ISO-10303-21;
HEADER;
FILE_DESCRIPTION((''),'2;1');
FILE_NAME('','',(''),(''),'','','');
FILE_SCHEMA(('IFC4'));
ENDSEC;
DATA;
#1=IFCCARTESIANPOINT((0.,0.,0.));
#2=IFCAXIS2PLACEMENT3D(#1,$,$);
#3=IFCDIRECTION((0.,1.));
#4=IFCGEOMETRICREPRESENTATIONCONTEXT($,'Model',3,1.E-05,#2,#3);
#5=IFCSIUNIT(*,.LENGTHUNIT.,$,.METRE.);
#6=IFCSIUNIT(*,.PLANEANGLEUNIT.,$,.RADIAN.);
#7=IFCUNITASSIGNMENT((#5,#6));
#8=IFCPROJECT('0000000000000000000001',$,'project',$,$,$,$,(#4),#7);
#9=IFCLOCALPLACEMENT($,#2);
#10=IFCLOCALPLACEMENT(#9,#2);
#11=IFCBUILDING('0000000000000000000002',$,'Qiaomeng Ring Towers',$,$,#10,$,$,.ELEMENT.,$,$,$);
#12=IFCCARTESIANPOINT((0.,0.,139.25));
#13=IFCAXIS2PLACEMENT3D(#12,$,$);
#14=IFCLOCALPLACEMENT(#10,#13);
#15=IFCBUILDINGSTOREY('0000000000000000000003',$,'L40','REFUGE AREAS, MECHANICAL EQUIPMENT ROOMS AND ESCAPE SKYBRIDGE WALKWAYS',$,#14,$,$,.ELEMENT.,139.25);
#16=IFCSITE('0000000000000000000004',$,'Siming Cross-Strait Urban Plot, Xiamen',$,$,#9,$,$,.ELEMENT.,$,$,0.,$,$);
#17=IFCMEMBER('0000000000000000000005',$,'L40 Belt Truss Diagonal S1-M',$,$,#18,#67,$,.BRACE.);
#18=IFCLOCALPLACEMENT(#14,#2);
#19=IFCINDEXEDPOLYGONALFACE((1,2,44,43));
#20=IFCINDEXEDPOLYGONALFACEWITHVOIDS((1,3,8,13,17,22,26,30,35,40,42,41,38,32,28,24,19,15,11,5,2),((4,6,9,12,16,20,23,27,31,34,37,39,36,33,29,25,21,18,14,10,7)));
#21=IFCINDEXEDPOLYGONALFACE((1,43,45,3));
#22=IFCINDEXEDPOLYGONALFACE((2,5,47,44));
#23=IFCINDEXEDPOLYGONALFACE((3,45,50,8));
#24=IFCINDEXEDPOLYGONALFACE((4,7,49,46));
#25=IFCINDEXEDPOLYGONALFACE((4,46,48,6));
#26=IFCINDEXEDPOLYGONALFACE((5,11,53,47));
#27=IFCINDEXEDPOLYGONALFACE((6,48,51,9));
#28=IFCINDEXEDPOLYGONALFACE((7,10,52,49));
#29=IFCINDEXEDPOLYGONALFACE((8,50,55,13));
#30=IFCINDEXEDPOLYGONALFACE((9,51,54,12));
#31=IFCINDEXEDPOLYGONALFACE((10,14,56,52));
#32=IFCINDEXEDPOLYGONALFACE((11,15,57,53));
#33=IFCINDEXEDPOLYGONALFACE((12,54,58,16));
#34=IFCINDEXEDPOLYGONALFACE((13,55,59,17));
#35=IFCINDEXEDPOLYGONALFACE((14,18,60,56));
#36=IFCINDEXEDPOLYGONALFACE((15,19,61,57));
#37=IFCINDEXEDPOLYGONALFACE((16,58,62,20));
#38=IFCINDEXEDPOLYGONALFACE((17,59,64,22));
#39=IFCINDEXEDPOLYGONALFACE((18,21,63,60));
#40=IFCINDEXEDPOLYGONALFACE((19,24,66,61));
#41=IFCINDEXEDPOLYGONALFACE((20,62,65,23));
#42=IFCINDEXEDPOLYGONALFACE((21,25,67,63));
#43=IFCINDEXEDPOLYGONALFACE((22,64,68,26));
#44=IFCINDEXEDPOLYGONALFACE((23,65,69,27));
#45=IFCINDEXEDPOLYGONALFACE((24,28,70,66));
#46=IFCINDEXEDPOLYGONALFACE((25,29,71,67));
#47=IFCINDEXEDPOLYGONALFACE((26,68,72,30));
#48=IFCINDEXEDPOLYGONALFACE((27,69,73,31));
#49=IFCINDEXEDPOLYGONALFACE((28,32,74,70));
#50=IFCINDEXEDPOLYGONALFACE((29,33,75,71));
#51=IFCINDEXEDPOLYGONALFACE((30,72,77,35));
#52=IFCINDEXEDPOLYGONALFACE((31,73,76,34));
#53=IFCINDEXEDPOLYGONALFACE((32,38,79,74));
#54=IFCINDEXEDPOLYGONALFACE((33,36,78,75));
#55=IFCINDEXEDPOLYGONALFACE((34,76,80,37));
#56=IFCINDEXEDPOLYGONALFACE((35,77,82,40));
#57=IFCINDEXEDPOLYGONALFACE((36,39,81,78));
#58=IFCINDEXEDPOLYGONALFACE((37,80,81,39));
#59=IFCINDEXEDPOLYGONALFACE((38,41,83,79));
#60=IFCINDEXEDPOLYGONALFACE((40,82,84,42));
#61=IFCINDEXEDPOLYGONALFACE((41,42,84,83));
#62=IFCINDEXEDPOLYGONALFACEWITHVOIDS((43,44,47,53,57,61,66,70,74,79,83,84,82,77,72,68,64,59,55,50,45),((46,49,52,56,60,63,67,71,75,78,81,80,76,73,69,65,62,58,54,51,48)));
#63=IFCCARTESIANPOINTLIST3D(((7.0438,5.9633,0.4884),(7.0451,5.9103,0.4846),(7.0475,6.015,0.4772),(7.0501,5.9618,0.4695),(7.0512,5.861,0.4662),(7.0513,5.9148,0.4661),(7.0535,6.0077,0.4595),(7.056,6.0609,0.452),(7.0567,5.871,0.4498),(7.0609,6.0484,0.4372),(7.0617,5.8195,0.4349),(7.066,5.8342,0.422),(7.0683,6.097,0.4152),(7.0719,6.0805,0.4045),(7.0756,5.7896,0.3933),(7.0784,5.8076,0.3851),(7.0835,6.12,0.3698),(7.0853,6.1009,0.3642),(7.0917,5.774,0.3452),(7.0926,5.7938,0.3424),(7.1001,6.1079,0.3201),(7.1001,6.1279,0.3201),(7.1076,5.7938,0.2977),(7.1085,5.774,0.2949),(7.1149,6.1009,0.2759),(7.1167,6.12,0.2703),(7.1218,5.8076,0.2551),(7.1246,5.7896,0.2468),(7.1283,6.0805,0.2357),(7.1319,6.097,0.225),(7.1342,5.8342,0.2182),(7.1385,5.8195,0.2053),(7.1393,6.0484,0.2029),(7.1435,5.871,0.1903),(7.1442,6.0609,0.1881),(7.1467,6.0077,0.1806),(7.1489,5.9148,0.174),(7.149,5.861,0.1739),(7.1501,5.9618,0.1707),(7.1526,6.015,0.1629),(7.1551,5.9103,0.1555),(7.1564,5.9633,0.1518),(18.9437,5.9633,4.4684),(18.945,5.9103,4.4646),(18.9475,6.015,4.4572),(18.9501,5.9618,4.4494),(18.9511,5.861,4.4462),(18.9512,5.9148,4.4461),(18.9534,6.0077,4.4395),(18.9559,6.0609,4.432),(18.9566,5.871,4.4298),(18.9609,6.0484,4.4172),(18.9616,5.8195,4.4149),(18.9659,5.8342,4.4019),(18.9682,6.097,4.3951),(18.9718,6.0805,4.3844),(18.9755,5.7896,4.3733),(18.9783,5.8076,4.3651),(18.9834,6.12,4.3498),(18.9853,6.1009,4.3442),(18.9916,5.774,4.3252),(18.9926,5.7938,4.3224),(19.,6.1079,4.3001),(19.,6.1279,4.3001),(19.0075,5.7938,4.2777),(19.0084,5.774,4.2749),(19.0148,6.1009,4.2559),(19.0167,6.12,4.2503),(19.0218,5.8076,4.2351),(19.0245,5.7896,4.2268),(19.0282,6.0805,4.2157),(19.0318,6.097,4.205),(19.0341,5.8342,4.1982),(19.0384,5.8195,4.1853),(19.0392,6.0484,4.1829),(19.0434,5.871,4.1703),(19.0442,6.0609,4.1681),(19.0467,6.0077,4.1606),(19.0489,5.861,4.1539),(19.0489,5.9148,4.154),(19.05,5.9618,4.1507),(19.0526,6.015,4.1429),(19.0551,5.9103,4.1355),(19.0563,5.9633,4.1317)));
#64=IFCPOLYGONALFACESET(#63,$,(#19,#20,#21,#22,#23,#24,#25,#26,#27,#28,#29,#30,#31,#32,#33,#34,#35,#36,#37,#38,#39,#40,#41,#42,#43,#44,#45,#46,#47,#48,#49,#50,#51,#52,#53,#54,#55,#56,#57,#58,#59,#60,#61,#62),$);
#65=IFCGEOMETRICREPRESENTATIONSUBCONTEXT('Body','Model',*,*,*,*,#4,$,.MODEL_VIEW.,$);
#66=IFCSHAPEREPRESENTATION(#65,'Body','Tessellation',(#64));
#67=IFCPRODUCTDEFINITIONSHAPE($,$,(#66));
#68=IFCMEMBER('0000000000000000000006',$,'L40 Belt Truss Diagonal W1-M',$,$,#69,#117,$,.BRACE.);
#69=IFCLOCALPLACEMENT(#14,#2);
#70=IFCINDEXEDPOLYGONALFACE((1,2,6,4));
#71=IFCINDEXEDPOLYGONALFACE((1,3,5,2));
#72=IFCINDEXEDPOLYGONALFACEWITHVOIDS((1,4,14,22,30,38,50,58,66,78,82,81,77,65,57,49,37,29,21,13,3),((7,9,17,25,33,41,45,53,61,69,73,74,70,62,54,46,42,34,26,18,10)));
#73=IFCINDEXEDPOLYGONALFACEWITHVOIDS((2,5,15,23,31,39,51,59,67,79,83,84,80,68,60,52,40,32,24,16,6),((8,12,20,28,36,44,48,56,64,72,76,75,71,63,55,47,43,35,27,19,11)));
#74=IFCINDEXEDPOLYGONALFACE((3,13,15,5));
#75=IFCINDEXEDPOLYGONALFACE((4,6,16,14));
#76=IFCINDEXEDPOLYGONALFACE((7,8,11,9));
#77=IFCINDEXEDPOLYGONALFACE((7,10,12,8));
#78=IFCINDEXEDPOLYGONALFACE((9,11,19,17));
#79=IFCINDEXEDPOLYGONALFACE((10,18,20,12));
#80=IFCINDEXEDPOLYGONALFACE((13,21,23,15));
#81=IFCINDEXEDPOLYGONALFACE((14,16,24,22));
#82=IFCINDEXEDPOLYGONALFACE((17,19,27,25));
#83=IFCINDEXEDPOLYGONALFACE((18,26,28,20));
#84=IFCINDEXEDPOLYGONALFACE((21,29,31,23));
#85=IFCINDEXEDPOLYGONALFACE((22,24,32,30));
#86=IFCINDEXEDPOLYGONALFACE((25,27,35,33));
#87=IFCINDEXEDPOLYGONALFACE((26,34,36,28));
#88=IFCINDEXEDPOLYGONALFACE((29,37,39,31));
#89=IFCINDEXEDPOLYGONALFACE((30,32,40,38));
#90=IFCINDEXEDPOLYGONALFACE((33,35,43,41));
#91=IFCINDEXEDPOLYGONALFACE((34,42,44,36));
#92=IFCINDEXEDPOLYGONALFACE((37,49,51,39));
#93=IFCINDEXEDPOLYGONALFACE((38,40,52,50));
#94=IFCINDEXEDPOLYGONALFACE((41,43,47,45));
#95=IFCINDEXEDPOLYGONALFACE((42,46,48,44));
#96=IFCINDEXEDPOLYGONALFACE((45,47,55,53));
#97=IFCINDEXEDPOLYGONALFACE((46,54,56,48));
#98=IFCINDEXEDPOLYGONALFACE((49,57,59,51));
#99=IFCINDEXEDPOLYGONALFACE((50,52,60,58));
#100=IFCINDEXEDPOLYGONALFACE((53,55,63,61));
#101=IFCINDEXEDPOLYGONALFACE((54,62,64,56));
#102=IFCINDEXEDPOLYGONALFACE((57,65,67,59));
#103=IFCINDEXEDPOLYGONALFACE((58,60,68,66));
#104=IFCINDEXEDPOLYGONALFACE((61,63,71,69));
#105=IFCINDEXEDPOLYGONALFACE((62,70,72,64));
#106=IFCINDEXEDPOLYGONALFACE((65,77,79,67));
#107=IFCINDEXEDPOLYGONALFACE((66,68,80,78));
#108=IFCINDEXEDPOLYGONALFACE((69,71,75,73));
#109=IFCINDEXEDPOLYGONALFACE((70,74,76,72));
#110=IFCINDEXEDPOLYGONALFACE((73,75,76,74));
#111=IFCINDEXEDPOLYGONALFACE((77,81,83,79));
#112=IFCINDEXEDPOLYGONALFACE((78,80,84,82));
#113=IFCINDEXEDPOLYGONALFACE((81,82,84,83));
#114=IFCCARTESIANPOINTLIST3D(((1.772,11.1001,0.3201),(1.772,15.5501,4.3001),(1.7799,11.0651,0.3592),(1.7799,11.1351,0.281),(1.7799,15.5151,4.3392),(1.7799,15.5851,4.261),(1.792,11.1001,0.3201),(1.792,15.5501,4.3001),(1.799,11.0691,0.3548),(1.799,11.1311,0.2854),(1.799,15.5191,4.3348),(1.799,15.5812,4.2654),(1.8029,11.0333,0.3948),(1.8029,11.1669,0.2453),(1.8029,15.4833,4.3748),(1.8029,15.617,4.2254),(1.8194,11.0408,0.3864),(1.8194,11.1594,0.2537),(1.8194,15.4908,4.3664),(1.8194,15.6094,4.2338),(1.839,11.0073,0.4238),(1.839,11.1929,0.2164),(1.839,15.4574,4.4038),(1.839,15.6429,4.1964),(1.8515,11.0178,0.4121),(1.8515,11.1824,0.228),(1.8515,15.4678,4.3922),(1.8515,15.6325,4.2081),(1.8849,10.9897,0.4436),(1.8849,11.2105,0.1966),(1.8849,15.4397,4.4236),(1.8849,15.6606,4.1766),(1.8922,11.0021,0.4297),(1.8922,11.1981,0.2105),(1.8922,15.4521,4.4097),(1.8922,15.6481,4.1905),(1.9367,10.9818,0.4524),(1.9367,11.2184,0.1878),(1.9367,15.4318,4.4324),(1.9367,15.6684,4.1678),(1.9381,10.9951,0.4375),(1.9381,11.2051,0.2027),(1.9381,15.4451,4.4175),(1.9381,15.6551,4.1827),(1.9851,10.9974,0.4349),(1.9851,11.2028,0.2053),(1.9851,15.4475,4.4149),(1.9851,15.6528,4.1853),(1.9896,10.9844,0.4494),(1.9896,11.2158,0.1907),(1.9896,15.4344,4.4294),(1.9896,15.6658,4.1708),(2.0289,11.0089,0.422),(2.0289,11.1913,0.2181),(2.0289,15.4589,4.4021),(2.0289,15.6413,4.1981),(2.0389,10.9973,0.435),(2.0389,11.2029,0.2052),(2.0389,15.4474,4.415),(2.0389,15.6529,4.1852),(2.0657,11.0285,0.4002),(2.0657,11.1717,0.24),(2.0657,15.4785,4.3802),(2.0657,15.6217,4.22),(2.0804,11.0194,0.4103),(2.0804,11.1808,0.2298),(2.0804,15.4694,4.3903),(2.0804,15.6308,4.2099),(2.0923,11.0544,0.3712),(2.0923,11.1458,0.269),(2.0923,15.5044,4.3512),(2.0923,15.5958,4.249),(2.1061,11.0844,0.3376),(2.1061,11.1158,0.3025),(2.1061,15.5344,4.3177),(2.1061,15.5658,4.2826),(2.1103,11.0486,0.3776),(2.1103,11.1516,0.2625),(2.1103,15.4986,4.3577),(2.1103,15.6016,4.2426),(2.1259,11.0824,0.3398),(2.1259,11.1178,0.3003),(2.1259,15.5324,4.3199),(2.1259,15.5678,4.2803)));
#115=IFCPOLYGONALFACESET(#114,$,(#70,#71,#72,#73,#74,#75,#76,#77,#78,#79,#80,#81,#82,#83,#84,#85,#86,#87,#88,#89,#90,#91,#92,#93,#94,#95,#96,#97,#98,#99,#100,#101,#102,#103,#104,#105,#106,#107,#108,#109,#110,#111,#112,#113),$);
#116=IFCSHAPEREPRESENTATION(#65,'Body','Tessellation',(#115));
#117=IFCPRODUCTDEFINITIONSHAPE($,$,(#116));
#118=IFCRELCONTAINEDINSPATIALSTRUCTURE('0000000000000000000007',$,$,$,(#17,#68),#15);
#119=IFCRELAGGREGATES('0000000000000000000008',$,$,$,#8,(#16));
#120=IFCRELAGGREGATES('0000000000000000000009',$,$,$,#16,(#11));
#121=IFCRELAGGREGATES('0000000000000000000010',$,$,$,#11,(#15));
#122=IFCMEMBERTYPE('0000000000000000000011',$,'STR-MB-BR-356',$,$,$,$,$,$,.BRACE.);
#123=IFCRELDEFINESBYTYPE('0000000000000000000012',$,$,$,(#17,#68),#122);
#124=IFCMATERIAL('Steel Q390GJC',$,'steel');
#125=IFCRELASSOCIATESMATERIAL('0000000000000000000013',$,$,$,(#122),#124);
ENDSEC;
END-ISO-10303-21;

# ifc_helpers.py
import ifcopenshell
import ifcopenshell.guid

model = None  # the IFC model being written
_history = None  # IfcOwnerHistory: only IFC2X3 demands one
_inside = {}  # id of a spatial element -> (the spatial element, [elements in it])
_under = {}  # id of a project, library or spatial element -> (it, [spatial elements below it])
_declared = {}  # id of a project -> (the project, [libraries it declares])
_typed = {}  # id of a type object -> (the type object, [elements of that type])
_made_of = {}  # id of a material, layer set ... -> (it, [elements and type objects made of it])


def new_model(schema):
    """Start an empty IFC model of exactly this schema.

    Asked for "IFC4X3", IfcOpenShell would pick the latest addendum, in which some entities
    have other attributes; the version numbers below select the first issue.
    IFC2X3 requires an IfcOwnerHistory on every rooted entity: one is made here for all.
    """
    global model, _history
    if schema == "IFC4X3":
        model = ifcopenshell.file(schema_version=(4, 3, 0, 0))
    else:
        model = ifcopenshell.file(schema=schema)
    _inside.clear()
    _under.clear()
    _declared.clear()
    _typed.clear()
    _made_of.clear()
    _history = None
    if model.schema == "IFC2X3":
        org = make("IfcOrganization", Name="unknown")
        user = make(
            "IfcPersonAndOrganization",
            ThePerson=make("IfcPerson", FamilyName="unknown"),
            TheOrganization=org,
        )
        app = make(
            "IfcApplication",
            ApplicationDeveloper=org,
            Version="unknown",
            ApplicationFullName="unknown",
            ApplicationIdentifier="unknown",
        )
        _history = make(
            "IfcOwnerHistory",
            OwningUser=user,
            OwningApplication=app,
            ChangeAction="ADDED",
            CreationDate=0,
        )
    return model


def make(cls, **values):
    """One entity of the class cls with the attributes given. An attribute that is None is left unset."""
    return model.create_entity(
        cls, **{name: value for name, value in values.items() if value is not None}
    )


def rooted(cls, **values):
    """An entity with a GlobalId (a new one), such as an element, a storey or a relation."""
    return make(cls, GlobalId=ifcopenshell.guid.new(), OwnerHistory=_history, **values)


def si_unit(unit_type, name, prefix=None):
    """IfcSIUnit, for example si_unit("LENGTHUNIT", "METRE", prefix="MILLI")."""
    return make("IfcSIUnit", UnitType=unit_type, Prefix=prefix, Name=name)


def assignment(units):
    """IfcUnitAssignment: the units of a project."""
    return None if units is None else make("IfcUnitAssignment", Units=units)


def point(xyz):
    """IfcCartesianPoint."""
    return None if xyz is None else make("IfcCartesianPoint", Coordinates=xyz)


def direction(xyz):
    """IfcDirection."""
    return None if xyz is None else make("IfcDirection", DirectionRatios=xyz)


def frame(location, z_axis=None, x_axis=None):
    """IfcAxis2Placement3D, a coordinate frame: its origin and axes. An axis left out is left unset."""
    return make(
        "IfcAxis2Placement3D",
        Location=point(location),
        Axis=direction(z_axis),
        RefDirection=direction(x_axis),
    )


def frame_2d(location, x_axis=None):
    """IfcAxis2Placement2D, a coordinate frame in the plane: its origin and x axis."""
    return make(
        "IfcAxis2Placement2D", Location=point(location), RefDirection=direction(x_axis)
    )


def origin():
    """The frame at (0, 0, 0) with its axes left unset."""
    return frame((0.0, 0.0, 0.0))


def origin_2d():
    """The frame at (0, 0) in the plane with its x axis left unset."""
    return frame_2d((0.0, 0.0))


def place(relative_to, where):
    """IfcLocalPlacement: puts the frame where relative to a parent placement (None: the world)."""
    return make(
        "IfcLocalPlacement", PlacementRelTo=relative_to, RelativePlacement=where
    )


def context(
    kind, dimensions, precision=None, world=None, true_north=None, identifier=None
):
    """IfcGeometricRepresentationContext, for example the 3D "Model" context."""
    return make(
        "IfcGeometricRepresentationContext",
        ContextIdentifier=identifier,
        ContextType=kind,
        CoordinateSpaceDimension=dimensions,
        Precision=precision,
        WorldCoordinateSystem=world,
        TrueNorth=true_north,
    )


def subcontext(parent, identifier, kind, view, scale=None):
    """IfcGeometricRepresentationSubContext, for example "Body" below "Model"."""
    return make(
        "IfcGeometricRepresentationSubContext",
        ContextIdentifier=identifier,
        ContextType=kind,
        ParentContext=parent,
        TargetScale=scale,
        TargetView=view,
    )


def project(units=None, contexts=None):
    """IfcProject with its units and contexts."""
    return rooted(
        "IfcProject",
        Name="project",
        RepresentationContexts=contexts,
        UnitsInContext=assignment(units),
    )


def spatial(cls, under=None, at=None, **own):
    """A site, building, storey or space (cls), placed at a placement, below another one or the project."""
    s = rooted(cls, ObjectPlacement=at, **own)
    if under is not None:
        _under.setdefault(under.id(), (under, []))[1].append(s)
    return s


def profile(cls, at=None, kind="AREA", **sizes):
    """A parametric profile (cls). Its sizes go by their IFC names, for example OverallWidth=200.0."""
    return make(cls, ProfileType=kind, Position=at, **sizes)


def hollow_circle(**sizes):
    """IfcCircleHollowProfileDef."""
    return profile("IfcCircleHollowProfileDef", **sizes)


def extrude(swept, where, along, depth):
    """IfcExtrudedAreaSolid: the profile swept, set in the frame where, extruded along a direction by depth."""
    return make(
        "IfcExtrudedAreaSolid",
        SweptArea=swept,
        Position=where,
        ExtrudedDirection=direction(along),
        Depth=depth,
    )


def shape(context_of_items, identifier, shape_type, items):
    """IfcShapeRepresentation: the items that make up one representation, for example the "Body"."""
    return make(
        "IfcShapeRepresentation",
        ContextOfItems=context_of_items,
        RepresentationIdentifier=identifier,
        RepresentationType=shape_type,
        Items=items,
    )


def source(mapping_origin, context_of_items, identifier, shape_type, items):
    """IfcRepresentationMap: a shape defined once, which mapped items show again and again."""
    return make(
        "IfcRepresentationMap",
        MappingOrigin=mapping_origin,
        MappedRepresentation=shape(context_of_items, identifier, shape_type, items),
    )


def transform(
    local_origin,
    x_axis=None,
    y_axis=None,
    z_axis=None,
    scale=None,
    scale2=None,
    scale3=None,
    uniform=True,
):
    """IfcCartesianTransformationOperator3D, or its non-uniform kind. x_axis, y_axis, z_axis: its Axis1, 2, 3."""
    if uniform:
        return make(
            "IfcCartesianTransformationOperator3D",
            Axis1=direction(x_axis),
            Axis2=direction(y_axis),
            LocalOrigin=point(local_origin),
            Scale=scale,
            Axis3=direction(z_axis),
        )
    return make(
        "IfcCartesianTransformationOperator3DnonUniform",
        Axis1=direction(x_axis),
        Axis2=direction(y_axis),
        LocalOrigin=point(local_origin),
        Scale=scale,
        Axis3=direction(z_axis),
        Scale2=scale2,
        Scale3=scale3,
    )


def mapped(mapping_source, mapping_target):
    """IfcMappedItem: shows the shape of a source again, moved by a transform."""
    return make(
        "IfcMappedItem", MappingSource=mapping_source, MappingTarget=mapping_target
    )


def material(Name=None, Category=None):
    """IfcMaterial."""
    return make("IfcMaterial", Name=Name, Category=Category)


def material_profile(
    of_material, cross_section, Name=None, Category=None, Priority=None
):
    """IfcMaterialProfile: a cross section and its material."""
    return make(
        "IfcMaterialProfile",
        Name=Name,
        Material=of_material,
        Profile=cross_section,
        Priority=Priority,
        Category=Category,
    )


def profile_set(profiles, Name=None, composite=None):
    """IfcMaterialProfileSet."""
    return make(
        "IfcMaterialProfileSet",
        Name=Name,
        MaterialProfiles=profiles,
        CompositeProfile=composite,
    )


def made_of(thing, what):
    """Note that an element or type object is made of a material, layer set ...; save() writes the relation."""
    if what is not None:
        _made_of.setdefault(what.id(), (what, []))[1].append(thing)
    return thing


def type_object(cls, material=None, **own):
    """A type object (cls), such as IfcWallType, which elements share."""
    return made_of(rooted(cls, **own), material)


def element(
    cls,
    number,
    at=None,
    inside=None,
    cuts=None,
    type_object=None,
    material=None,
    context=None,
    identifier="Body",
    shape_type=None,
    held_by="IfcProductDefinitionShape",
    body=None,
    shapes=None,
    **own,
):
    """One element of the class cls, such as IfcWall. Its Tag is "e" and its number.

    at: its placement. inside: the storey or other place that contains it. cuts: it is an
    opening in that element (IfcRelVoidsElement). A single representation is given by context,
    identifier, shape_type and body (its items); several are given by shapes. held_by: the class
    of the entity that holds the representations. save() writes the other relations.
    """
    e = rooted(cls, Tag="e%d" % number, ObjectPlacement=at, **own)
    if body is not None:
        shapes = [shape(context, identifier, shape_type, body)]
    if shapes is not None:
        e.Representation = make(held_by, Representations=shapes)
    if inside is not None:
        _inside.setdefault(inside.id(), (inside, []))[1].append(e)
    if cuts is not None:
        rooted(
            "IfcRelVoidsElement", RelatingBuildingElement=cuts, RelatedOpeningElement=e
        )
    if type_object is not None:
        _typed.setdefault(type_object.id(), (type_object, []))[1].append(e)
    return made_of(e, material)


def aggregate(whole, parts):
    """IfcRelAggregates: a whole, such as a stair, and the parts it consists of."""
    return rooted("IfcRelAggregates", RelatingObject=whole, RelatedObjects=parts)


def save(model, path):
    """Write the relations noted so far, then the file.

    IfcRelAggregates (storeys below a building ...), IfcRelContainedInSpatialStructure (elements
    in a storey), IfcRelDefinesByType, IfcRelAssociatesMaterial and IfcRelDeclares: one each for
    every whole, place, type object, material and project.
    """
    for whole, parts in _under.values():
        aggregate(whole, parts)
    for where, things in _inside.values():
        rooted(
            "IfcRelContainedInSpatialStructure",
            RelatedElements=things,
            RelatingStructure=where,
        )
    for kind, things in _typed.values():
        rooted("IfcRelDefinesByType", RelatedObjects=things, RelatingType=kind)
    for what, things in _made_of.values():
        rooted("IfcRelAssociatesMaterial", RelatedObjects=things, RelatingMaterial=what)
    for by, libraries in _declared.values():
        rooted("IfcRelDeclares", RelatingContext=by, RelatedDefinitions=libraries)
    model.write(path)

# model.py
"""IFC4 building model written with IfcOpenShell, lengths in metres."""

from ifc_helpers import new_model, si_unit, direction, frame, origin, origin_2d, place, context, subcontext, project, spatial, hollow_circle, extrude, source, transform, mapped, material, material_profile, profile_set, type_object, element, save


model = new_model("IFC4")

# Units and contexts
model_context = context("Model", 3, precision=1e-05, world=origin(), true_north=direction((0.0, 1.0)))
body_context = subcontext(model_context, "Body", "Model", "MODEL_VIEW")
ifc_project = project(units=[si_unit("LENGTHUNIT", "METRE"), si_unit("PLANEANGLEUNIT", "RADIAN")], contexts=[model_context])

# Site, building, storey
site_placement = place(None, origin())
site = spatial("IfcSite", under=ifc_project, at=site_placement, Name="Siming Cross-Strait Urban Plot, Xiamen", CompositionType="ELEMENT", RefElevation=0.0)
building_placement = place(site_placement, origin())
building = spatial("IfcBuilding", under=site, at=building_placement, Name="Qiaomeng Ring Towers", CompositionType="ELEMENT")
storey_placement = place(building_placement, frame((0.0, 0.0, 139.25)))
storey = spatial("IfcBuildingStorey", under=building, at=storey_placement, Name="L40", Description="REFUGE AREAS, MECHANICAL EQUIPMENT ROOMS AND ESCAPE SKYBRIDGE WALKWAYS", CompositionType="ELEMENT", Elevation=139.25)

# Shared definitions
ifc_material_1 = material(Name="Steel Q390GJC", Category="steel")

# Members
ifc_material_profile_1 = material_profile(ifc_material_1, hollow_circle(Radius=0.178, WallThickness=0.02, at=origin_2d()), Name="CHS 356x20")
ifc_profile_set_1 = profile_set([ifc_material_profile_1], Name="Steel Q390GJC")
member_type_1 = type_object("IfcMemberType", Name="STR-MB-BR-356", PredefinedType="BRACE", material=ifc_profile_set_1)
shared_shape_1 = source(origin(), body_context, "Body", "SweptSolid", [
    extrude(hollow_circle(Radius=0.178, WallThickness=0.02, at=origin_2d()), origin(), (0.0, 0.0, 1.0), 12.5479),
])
member_1_placement = place(storey_placement, frame((7.1001, 5.95, 0.3201), z_axis=(0.948364, 0.0, 0.317185), x_axis=(0.0, 1.0, 0.0)))
element("IfcMember", 1, at=member_1_placement, inside=storey, type_object=member_type_1, Name="L40 Belt Truss Diagonal S1-M", PredefinedType="BRACE", context=body_context, shape_type="MappedRepresentation", body=[
    mapped(shared_shape_1, transform((0.0, 0.0, 0.0), x_axis=(1.0, 0.0, 0.0), y_axis=(0.0, 1.0, 0.0), z_axis=(0.0, 0.0, 1.0), scale=1.0)),
])
shared_shape_2 = source(origin(), body_context, "Body", "SweptSolid", [
    extrude(hollow_circle(Radius=0.178, WallThickness=0.02, at=origin_2d()), origin(), (0.0, 0.0, 1.0), 5.9702),
])
member_2_placement = place(storey_placement, frame((1.95, 11.1001, 0.3201), z_axis=(0.0, 0.745371, 0.66665), x_axis=(-1.0, 0.0, 0.0)))
element("IfcMember", 2, at=member_2_placement, inside=storey, type_object=member_type_1, Name="L40 Belt Truss Diagonal W1-M", PredefinedType="BRACE", context=body_context, shape_type="MappedRepresentation", body=[
    mapped(shared_shape_2, transform((0.0, 0.0, 0.0), x_axis=(1.0, 0.0, 0.0), y_axis=(0.0, 1.0, 0.0), z_axis=(0.0, 0.0, 1.0), scale=1.0)),
])

save(model, "model.ifc")
